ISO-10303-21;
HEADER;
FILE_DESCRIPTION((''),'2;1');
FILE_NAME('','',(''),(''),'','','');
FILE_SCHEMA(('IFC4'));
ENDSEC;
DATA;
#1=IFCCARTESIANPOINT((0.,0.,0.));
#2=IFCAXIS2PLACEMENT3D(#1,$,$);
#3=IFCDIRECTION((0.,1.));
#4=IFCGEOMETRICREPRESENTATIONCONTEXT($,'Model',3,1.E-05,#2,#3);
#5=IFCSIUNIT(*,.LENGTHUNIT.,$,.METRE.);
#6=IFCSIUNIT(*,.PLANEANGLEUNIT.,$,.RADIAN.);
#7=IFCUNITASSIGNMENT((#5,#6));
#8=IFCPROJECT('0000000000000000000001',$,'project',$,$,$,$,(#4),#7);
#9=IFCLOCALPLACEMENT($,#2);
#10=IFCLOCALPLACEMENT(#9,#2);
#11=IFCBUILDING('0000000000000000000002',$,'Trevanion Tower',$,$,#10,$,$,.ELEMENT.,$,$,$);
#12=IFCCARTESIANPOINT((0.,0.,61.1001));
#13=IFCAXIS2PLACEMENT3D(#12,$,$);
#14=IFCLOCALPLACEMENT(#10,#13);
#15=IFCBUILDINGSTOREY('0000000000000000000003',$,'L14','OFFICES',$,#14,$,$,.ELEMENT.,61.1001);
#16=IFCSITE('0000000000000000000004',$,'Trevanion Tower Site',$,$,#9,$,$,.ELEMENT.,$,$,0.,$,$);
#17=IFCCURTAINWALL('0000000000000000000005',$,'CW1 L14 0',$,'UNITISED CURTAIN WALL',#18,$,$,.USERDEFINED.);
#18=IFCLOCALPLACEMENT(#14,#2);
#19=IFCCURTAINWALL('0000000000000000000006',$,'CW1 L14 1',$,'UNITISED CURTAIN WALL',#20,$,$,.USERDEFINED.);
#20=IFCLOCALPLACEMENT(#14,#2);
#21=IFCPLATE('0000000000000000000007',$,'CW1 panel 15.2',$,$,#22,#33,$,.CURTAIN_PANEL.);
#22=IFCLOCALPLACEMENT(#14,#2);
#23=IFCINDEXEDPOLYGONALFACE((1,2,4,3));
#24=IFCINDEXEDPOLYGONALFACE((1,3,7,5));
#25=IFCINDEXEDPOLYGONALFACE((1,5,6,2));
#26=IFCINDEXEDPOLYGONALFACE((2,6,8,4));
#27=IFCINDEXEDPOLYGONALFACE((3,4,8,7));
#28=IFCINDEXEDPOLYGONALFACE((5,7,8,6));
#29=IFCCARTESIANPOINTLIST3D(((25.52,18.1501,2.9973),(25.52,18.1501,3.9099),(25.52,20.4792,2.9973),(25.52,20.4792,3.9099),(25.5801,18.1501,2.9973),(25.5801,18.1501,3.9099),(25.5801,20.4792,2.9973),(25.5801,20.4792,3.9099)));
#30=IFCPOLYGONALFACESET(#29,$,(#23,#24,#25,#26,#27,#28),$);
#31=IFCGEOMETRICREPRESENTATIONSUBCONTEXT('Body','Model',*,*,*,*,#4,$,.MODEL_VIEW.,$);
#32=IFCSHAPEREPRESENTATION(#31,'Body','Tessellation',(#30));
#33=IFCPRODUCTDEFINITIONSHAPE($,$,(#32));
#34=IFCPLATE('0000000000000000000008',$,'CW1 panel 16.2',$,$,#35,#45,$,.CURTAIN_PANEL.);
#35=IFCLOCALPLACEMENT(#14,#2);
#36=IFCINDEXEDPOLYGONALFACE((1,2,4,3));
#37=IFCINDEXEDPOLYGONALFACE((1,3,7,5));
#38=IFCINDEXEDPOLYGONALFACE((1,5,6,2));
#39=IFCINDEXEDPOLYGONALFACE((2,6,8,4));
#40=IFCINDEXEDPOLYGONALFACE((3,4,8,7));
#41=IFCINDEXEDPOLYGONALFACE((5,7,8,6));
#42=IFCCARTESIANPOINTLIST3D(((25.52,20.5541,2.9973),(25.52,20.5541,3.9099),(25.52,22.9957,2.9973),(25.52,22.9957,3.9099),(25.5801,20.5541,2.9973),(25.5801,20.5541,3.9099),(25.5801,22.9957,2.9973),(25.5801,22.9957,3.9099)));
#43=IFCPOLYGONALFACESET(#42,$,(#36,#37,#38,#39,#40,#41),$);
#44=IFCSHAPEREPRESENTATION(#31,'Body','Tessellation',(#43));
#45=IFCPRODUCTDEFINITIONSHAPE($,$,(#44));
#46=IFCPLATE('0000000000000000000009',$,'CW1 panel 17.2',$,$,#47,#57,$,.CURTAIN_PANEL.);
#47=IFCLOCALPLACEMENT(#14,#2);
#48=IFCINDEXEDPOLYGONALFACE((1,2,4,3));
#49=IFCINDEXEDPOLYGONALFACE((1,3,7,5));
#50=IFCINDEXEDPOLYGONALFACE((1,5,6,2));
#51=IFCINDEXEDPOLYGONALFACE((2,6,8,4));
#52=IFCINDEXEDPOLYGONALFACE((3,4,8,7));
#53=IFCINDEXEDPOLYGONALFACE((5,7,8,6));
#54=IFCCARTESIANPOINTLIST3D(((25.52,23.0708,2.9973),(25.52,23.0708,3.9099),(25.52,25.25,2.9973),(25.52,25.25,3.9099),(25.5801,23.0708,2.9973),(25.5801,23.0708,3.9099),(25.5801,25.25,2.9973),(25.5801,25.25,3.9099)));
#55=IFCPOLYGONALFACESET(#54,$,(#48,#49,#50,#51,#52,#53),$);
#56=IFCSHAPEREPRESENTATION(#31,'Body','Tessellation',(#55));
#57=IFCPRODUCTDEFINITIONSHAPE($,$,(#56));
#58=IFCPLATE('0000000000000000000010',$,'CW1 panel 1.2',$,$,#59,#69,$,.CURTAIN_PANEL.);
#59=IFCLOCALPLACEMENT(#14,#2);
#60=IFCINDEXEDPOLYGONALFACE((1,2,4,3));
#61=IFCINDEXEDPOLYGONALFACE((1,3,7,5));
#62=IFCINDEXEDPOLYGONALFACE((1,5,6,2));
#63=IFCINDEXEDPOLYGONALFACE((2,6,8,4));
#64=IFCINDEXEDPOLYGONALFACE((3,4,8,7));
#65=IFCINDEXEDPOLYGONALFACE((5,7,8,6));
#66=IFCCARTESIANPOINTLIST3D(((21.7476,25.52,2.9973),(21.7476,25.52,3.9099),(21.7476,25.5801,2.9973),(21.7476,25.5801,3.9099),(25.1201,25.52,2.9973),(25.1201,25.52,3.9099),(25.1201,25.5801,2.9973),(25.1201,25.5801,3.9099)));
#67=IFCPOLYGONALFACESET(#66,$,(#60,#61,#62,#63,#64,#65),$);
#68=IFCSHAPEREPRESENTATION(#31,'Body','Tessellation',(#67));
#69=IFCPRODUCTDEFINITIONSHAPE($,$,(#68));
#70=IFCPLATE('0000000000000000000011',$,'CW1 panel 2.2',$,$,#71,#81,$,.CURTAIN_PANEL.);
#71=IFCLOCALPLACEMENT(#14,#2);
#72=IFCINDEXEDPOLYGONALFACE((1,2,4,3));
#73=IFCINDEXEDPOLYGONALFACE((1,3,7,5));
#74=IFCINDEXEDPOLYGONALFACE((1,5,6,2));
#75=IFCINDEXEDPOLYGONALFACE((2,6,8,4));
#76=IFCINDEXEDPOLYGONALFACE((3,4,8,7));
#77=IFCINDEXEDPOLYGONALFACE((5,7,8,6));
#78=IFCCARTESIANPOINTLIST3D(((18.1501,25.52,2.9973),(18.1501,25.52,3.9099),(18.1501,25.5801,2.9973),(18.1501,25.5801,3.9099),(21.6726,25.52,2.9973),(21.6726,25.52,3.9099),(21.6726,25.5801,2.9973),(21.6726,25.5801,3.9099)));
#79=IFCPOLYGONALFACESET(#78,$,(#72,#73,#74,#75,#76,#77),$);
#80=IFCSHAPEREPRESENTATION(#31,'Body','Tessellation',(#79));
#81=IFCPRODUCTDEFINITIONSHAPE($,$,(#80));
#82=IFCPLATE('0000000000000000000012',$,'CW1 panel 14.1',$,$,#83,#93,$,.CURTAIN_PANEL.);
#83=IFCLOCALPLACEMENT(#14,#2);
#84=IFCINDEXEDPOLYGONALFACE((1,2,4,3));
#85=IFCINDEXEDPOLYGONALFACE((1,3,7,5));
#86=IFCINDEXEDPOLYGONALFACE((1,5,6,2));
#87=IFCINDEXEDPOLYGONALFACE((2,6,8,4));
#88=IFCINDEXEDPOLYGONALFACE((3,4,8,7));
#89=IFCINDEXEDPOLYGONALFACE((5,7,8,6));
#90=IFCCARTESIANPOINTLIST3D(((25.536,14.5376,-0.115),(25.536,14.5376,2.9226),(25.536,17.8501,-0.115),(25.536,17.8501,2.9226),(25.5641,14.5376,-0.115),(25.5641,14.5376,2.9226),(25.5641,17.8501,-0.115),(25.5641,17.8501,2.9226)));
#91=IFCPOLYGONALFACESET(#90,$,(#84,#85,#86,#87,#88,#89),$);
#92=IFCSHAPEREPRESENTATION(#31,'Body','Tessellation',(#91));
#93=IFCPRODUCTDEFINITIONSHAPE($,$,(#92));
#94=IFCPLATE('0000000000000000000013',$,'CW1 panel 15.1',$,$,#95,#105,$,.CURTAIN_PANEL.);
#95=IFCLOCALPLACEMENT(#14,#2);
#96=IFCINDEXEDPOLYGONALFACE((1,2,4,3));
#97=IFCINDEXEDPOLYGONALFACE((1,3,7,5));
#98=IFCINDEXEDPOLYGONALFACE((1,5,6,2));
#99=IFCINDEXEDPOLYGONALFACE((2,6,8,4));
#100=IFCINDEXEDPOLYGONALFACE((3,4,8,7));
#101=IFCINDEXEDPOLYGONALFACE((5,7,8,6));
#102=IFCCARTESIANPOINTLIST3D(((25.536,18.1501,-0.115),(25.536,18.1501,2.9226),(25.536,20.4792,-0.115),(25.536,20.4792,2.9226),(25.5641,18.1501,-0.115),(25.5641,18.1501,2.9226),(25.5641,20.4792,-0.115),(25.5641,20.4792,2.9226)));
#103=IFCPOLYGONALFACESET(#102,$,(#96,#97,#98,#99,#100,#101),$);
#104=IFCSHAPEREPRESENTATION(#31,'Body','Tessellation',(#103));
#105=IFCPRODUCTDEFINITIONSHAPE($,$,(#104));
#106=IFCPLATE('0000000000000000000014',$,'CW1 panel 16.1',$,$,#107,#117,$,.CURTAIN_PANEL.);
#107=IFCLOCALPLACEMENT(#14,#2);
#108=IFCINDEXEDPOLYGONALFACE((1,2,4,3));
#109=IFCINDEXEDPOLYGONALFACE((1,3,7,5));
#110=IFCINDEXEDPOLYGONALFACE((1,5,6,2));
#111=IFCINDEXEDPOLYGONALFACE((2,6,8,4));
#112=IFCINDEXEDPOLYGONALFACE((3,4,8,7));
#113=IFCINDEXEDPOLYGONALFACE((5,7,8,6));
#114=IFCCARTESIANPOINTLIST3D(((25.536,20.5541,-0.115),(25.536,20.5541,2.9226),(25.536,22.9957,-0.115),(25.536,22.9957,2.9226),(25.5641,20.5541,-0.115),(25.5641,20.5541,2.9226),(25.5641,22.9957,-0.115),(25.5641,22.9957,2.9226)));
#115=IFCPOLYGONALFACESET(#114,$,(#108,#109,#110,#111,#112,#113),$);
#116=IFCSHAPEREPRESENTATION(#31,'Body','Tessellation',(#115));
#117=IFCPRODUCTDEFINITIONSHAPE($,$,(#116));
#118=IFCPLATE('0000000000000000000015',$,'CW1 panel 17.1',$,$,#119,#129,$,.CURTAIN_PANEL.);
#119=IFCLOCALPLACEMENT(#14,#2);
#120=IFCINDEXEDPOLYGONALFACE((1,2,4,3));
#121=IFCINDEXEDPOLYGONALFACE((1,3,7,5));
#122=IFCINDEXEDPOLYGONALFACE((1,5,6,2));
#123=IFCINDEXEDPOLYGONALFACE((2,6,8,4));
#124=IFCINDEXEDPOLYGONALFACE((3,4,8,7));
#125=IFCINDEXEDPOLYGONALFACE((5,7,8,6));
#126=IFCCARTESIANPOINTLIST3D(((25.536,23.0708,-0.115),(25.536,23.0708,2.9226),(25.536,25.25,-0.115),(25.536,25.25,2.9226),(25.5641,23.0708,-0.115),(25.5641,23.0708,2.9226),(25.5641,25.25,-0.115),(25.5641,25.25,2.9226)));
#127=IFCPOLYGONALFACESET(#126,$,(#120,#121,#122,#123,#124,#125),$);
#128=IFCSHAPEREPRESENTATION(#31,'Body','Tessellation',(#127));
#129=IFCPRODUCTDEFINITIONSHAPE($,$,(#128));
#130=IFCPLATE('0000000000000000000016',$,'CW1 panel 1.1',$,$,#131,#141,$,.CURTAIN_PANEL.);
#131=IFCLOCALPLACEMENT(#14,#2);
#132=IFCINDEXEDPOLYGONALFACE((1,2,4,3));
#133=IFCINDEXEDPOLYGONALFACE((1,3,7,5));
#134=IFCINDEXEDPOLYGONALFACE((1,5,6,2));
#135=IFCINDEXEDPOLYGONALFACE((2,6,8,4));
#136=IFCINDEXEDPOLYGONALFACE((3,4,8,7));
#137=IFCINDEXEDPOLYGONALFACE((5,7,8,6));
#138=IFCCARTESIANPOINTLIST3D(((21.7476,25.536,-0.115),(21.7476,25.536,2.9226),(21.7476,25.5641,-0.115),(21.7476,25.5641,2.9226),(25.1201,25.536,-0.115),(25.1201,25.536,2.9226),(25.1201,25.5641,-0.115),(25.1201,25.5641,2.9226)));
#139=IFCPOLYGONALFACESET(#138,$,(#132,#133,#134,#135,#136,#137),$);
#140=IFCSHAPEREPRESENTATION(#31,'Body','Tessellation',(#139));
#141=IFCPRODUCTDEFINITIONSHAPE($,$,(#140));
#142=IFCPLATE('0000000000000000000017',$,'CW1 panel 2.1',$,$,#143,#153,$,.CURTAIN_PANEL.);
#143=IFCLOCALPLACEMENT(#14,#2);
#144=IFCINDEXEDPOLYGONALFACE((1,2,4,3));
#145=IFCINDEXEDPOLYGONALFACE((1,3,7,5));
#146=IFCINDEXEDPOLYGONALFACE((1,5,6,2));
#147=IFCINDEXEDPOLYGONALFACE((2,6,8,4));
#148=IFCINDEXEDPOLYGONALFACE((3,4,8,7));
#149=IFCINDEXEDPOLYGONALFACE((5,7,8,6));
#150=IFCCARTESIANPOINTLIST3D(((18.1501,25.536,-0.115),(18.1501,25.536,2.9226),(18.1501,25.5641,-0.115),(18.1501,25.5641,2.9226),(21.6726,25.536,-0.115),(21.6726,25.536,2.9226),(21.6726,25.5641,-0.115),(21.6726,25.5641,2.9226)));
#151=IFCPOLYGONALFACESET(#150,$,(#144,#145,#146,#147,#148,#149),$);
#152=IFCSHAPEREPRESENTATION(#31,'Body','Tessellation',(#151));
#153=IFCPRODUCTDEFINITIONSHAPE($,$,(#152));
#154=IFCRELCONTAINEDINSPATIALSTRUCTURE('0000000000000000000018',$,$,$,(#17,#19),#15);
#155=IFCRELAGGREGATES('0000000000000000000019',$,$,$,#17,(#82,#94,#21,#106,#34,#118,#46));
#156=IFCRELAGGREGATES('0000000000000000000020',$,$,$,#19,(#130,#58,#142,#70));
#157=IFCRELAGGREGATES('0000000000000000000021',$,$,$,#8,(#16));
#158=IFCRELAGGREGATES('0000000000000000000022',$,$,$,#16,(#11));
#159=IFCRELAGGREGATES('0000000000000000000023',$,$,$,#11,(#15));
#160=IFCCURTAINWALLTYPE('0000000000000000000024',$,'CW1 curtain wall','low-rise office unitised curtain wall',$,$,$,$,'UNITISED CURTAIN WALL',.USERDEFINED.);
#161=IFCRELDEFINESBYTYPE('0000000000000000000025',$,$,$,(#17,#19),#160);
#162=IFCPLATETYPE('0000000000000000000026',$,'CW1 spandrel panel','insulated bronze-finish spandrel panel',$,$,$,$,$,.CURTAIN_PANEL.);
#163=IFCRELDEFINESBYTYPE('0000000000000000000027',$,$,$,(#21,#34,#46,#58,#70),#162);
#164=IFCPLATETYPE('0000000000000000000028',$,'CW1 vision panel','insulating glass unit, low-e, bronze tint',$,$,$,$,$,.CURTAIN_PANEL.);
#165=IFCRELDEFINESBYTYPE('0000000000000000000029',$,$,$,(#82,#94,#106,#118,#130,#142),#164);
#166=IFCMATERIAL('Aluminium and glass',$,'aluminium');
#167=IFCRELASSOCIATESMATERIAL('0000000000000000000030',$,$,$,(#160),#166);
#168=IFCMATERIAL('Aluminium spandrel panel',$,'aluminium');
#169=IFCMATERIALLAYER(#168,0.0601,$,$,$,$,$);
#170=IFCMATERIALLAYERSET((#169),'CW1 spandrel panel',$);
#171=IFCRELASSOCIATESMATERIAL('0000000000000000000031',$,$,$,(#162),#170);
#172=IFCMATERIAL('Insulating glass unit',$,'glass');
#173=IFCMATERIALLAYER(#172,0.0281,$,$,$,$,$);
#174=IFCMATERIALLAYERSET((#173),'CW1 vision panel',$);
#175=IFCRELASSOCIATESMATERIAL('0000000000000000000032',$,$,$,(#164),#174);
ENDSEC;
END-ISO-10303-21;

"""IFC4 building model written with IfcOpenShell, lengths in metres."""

from ifc_helpers import new_model, si_unit, direction, frame, origin, origin_2d, place, context, subcontext, project, spatial, rectangle, extrude, material, layer, layer_set, type_object, element, aggregate, save


model = new_model("IFC4")

# Units and contexts
model_context = context("Model", 3, precision=1e-05, world=origin(), true_north=direction((0.0, 1.0)))
body_context = subcontext(model_context, "Body", "Model", "MODEL_VIEW")
ifc_project = project(units=[si_unit("LENGTHUNIT", "METRE"), si_unit("PLANEANGLEUNIT", "RADIAN")], contexts=[model_context])

# Site, building, storey
site_placement = place(None, origin())
site = spatial("IfcSite", under=ifc_project, at=site_placement, Name="Trevanion Tower Site", CompositionType="ELEMENT", RefElevation=0.0)
building_placement = place(site_placement, origin())
building = spatial("IfcBuilding", under=site, at=building_placement, Name="Trevanion Tower", CompositionType="ELEMENT")
storey_placement = place(building_placement, frame((0.0, 0.0, 61.1001)))
storey = spatial("IfcBuildingStorey", under=building, at=storey_placement, Name="L14", Description="OFFICES", CompositionType="ELEMENT", Elevation=61.1001)

# Curtain wall
ifc_material_1 = material(Name="Aluminium and glass", Category="aluminium")
curtain_wall_type = type_object("IfcCurtainWallType", Name="CW1 curtain wall", Description="low-rise office unitised curtain wall", ElementType="UNITISED CURTAIN WALL", PredefinedType="USERDEFINED", material=ifc_material_1)
curtain_wall_1_placement = place(storey_placement, origin())
curtain_wall_1 = element("IfcCurtainWall", 1, at=curtain_wall_1_placement, inside=storey, type_object=curtain_wall_type, Name="CW1 L14 0", ObjectType="UNITISED CURTAIN WALL", PredefinedType="USERDEFINED")

# Curtain wall
curtain_wall_2_placement = place(storey_placement, origin())
curtain_wall_2 = element("IfcCurtainWall", 2, at=curtain_wall_2_placement, inside=storey, type_object=curtain_wall_type, Name="CW1 L14 1", ObjectType="UNITISED CURTAIN WALL", PredefinedType="USERDEFINED")

# Plates
ifc_material_2 = material(Name="Aluminium spandrel panel", Category="aluminium")
ifc_layer_1 = layer(ifc_material_2, 0.0601)
ifc_layer_set_1 = layer_set([ifc_layer_1], Name="CW1 spandrel panel")
plate_type_1 = type_object("IfcPlateType", Name="CW1 spandrel panel", Description="insulated bronze-finish spandrel panel", PredefinedType="CURTAIN_PANEL", material=ifc_layer_set_1)
plate_1_placement = place(storey_placement, frame((25.55, 19.3147, 2.9973), z_axis=(0.0, 0.0, 1.0), x_axis=(0.0, 1.0, 0.0)))
plate_1 = element("IfcPlate", 3, at=plate_1_placement, type_object=plate_type_1, Name="CW1 panel 15.2", PredefinedType="CURTAIN_PANEL", context=body_context, shape_type="SweptSolid", body=[
    extrude(rectangle(XDim=2.3291, YDim=0.0601, at=origin_2d()), origin(), (0.0, 0.0, 1.0), 0.9126),
])
plate_2_placement = place(storey_placement, frame((25.55, 21.7749, 2.9973), z_axis=(0.0, 0.0, 1.0), x_axis=(0.0, 1.0, 0.0)))
plate_2 = element("IfcPlate", 4, at=plate_2_placement, type_object=plate_type_1, Name="CW1 panel 16.2", PredefinedType="CURTAIN_PANEL", context=body_context, shape_type="SweptSolid", body=[
    extrude(rectangle(XDim=2.4417, YDim=0.0601, at=origin_2d()), origin(), (0.0, 0.0, 1.0), 0.9126),
])
plate_3_placement = place(storey_placement, frame((25.55, 24.1604, 2.9973), z_axis=(0.0, 0.0, 1.0), x_axis=(0.0, 1.0, 0.0)))
plate_3 = element("IfcPlate", 5, at=plate_3_placement, type_object=plate_type_1, Name="CW1 panel 17.2", PredefinedType="CURTAIN_PANEL", context=body_context, shape_type="SweptSolid", body=[
    extrude(rectangle(XDim=2.1792, YDim=0.0601, at=origin_2d()), origin(), (0.0, 0.0, 1.0), 0.9126),
])
plate_4_placement = place(storey_placement, frame((23.4338, 25.55, 2.9973), z_axis=(0.0, 0.0, 1.0), x_axis=(-1.0, 0.0, 0.0)))
plate_4 = element("IfcPlate", 6, at=plate_4_placement, type_object=plate_type_1, Name="CW1 panel 1.2", PredefinedType="CURTAIN_PANEL", context=body_context, shape_type="SweptSolid", body=[
    extrude(rectangle(XDim=3.3726, YDim=0.0601, at=origin_2d()), origin(), (0.0, 0.0, 1.0), 0.9126),
])
plate_5_placement = place(storey_placement, frame((19.9114, 25.55, 2.9973), z_axis=(0.0, 0.0, 1.0), x_axis=(-1.0, 0.0, 0.0)))
plate_5 = element("IfcPlate", 7, at=plate_5_placement, type_object=plate_type_1, Name="CW1 panel 2.2", PredefinedType="CURTAIN_PANEL", context=body_context, shape_type="SweptSolid", body=[
    extrude(rectangle(XDim=3.5225, YDim=0.0601, at=origin_2d()), origin(), (0.0, 0.0, 1.0), 0.9126),
])
ifc_material_3 = material(Name="Insulating glass unit", Category="glass")
ifc_layer_2 = layer(ifc_material_3, 0.0281)
ifc_layer_set_2 = layer_set([ifc_layer_2], Name="CW1 vision panel")
plate_type_2 = type_object("IfcPlateType", Name="CW1 vision panel", Description="insulating glass unit, low-e, bronze tint", PredefinedType="CURTAIN_PANEL", material=ifc_layer_set_2)
plate_6_placement = place(storey_placement, frame((25.55, 16.1938, -0.115), z_axis=(0.0, 0.0, 1.0), x_axis=(0.0, 1.0, 0.0)))
plate_6 = element("IfcPlate", 8, at=plate_6_placement, type_object=plate_type_2, Name="CW1 panel 14.1", PredefinedType="CURTAIN_PANEL", context=body_context, shape_type="SweptSolid", body=[
    extrude(rectangle(XDim=3.3125, YDim=0.0281, at=origin_2d()), origin(), (0.0, 0.0, 1.0), 3.0376),
])
plate_7_placement = place(storey_placement, frame((25.55, 19.3147, -0.115), z_axis=(0.0, 0.0, 1.0), x_axis=(0.0, 1.0, 0.0)))
plate_7 = element("IfcPlate", 9, at=plate_7_placement, type_object=plate_type_2, Name="CW1 panel 15.1", PredefinedType="CURTAIN_PANEL", context=body_context, shape_type="SweptSolid", body=[
    extrude(rectangle(XDim=2.3291, YDim=0.0281, at=origin_2d()), origin(), (0.0, 0.0, 1.0), 3.0376),
])
plate_8_placement = place(storey_placement, frame((25.55, 21.7749, -0.115), z_axis=(0.0, 0.0, 1.0), x_axis=(0.0, 1.0, 0.0)))
plate_8 = element("IfcPlate", 10, at=plate_8_placement, type_object=plate_type_2, Name="CW1 panel 16.1", PredefinedType="CURTAIN_PANEL", context=body_context, shape_type="SweptSolid", body=[
    extrude(rectangle(XDim=2.4417, YDim=0.0281, at=origin_2d()), origin(), (0.0, 0.0, 1.0), 3.0376),
])
plate_9_placement = place(storey_placement, frame((25.55, 24.1604, -0.115), z_axis=(0.0, 0.0, 1.0), x_axis=(0.0, 1.0, 0.0)))
plate_9 = element("IfcPlate", 11, at=plate_9_placement, type_object=plate_type_2, Name="CW1 panel 17.1", PredefinedType="CURTAIN_PANEL", context=body_context, shape_type="SweptSolid", body=[
    extrude(rectangle(XDim=2.1792, YDim=0.0281, at=origin_2d()), origin(), (0.0, 0.0, 1.0), 3.0376),
])
aggregate(curtain_wall_1, [plate_6, plate_7, plate_1, plate_8, plate_2, plate_9, plate_3])
plate_10_placement = place(storey_placement, frame((23.4338, 25.55, -0.115), z_axis=(0.0, 0.0, 1.0), x_axis=(-1.0, 0.0, 0.0)))
plate_10 = element("IfcPlate", 12, at=plate_10_placement, type_object=plate_type_2, Name="CW1 panel 1.1", PredefinedType="CURTAIN_PANEL", context=body_context, shape_type="SweptSolid", body=[
    extrude(rectangle(XDim=3.3726, YDim=0.0281, at=origin_2d()), origin(), (0.0, 0.0, 1.0), 3.0376),
])
plate_11_placement = place(storey_placement, frame((19.9114, 25.55, -0.115), z_axis=(0.0, 0.0, 1.0), x_axis=(-1.0, 0.0, 0.0)))
plate_11 = element("IfcPlate", 13, at=plate_11_placement, type_object=plate_type_2, Name="CW1 panel 2.1", PredefinedType="CURTAIN_PANEL", context=body_context, shape_type="SweptSolid", body=[
    extrude(rectangle(XDim=3.5225, YDim=0.0281, at=origin_2d()), origin(), (0.0, 0.0, 1.0), 3.0376),
])
aggregate(curtain_wall_2, [plate_10, plate_4, plate_11, plate_5])

save(model, "model.ifc")
